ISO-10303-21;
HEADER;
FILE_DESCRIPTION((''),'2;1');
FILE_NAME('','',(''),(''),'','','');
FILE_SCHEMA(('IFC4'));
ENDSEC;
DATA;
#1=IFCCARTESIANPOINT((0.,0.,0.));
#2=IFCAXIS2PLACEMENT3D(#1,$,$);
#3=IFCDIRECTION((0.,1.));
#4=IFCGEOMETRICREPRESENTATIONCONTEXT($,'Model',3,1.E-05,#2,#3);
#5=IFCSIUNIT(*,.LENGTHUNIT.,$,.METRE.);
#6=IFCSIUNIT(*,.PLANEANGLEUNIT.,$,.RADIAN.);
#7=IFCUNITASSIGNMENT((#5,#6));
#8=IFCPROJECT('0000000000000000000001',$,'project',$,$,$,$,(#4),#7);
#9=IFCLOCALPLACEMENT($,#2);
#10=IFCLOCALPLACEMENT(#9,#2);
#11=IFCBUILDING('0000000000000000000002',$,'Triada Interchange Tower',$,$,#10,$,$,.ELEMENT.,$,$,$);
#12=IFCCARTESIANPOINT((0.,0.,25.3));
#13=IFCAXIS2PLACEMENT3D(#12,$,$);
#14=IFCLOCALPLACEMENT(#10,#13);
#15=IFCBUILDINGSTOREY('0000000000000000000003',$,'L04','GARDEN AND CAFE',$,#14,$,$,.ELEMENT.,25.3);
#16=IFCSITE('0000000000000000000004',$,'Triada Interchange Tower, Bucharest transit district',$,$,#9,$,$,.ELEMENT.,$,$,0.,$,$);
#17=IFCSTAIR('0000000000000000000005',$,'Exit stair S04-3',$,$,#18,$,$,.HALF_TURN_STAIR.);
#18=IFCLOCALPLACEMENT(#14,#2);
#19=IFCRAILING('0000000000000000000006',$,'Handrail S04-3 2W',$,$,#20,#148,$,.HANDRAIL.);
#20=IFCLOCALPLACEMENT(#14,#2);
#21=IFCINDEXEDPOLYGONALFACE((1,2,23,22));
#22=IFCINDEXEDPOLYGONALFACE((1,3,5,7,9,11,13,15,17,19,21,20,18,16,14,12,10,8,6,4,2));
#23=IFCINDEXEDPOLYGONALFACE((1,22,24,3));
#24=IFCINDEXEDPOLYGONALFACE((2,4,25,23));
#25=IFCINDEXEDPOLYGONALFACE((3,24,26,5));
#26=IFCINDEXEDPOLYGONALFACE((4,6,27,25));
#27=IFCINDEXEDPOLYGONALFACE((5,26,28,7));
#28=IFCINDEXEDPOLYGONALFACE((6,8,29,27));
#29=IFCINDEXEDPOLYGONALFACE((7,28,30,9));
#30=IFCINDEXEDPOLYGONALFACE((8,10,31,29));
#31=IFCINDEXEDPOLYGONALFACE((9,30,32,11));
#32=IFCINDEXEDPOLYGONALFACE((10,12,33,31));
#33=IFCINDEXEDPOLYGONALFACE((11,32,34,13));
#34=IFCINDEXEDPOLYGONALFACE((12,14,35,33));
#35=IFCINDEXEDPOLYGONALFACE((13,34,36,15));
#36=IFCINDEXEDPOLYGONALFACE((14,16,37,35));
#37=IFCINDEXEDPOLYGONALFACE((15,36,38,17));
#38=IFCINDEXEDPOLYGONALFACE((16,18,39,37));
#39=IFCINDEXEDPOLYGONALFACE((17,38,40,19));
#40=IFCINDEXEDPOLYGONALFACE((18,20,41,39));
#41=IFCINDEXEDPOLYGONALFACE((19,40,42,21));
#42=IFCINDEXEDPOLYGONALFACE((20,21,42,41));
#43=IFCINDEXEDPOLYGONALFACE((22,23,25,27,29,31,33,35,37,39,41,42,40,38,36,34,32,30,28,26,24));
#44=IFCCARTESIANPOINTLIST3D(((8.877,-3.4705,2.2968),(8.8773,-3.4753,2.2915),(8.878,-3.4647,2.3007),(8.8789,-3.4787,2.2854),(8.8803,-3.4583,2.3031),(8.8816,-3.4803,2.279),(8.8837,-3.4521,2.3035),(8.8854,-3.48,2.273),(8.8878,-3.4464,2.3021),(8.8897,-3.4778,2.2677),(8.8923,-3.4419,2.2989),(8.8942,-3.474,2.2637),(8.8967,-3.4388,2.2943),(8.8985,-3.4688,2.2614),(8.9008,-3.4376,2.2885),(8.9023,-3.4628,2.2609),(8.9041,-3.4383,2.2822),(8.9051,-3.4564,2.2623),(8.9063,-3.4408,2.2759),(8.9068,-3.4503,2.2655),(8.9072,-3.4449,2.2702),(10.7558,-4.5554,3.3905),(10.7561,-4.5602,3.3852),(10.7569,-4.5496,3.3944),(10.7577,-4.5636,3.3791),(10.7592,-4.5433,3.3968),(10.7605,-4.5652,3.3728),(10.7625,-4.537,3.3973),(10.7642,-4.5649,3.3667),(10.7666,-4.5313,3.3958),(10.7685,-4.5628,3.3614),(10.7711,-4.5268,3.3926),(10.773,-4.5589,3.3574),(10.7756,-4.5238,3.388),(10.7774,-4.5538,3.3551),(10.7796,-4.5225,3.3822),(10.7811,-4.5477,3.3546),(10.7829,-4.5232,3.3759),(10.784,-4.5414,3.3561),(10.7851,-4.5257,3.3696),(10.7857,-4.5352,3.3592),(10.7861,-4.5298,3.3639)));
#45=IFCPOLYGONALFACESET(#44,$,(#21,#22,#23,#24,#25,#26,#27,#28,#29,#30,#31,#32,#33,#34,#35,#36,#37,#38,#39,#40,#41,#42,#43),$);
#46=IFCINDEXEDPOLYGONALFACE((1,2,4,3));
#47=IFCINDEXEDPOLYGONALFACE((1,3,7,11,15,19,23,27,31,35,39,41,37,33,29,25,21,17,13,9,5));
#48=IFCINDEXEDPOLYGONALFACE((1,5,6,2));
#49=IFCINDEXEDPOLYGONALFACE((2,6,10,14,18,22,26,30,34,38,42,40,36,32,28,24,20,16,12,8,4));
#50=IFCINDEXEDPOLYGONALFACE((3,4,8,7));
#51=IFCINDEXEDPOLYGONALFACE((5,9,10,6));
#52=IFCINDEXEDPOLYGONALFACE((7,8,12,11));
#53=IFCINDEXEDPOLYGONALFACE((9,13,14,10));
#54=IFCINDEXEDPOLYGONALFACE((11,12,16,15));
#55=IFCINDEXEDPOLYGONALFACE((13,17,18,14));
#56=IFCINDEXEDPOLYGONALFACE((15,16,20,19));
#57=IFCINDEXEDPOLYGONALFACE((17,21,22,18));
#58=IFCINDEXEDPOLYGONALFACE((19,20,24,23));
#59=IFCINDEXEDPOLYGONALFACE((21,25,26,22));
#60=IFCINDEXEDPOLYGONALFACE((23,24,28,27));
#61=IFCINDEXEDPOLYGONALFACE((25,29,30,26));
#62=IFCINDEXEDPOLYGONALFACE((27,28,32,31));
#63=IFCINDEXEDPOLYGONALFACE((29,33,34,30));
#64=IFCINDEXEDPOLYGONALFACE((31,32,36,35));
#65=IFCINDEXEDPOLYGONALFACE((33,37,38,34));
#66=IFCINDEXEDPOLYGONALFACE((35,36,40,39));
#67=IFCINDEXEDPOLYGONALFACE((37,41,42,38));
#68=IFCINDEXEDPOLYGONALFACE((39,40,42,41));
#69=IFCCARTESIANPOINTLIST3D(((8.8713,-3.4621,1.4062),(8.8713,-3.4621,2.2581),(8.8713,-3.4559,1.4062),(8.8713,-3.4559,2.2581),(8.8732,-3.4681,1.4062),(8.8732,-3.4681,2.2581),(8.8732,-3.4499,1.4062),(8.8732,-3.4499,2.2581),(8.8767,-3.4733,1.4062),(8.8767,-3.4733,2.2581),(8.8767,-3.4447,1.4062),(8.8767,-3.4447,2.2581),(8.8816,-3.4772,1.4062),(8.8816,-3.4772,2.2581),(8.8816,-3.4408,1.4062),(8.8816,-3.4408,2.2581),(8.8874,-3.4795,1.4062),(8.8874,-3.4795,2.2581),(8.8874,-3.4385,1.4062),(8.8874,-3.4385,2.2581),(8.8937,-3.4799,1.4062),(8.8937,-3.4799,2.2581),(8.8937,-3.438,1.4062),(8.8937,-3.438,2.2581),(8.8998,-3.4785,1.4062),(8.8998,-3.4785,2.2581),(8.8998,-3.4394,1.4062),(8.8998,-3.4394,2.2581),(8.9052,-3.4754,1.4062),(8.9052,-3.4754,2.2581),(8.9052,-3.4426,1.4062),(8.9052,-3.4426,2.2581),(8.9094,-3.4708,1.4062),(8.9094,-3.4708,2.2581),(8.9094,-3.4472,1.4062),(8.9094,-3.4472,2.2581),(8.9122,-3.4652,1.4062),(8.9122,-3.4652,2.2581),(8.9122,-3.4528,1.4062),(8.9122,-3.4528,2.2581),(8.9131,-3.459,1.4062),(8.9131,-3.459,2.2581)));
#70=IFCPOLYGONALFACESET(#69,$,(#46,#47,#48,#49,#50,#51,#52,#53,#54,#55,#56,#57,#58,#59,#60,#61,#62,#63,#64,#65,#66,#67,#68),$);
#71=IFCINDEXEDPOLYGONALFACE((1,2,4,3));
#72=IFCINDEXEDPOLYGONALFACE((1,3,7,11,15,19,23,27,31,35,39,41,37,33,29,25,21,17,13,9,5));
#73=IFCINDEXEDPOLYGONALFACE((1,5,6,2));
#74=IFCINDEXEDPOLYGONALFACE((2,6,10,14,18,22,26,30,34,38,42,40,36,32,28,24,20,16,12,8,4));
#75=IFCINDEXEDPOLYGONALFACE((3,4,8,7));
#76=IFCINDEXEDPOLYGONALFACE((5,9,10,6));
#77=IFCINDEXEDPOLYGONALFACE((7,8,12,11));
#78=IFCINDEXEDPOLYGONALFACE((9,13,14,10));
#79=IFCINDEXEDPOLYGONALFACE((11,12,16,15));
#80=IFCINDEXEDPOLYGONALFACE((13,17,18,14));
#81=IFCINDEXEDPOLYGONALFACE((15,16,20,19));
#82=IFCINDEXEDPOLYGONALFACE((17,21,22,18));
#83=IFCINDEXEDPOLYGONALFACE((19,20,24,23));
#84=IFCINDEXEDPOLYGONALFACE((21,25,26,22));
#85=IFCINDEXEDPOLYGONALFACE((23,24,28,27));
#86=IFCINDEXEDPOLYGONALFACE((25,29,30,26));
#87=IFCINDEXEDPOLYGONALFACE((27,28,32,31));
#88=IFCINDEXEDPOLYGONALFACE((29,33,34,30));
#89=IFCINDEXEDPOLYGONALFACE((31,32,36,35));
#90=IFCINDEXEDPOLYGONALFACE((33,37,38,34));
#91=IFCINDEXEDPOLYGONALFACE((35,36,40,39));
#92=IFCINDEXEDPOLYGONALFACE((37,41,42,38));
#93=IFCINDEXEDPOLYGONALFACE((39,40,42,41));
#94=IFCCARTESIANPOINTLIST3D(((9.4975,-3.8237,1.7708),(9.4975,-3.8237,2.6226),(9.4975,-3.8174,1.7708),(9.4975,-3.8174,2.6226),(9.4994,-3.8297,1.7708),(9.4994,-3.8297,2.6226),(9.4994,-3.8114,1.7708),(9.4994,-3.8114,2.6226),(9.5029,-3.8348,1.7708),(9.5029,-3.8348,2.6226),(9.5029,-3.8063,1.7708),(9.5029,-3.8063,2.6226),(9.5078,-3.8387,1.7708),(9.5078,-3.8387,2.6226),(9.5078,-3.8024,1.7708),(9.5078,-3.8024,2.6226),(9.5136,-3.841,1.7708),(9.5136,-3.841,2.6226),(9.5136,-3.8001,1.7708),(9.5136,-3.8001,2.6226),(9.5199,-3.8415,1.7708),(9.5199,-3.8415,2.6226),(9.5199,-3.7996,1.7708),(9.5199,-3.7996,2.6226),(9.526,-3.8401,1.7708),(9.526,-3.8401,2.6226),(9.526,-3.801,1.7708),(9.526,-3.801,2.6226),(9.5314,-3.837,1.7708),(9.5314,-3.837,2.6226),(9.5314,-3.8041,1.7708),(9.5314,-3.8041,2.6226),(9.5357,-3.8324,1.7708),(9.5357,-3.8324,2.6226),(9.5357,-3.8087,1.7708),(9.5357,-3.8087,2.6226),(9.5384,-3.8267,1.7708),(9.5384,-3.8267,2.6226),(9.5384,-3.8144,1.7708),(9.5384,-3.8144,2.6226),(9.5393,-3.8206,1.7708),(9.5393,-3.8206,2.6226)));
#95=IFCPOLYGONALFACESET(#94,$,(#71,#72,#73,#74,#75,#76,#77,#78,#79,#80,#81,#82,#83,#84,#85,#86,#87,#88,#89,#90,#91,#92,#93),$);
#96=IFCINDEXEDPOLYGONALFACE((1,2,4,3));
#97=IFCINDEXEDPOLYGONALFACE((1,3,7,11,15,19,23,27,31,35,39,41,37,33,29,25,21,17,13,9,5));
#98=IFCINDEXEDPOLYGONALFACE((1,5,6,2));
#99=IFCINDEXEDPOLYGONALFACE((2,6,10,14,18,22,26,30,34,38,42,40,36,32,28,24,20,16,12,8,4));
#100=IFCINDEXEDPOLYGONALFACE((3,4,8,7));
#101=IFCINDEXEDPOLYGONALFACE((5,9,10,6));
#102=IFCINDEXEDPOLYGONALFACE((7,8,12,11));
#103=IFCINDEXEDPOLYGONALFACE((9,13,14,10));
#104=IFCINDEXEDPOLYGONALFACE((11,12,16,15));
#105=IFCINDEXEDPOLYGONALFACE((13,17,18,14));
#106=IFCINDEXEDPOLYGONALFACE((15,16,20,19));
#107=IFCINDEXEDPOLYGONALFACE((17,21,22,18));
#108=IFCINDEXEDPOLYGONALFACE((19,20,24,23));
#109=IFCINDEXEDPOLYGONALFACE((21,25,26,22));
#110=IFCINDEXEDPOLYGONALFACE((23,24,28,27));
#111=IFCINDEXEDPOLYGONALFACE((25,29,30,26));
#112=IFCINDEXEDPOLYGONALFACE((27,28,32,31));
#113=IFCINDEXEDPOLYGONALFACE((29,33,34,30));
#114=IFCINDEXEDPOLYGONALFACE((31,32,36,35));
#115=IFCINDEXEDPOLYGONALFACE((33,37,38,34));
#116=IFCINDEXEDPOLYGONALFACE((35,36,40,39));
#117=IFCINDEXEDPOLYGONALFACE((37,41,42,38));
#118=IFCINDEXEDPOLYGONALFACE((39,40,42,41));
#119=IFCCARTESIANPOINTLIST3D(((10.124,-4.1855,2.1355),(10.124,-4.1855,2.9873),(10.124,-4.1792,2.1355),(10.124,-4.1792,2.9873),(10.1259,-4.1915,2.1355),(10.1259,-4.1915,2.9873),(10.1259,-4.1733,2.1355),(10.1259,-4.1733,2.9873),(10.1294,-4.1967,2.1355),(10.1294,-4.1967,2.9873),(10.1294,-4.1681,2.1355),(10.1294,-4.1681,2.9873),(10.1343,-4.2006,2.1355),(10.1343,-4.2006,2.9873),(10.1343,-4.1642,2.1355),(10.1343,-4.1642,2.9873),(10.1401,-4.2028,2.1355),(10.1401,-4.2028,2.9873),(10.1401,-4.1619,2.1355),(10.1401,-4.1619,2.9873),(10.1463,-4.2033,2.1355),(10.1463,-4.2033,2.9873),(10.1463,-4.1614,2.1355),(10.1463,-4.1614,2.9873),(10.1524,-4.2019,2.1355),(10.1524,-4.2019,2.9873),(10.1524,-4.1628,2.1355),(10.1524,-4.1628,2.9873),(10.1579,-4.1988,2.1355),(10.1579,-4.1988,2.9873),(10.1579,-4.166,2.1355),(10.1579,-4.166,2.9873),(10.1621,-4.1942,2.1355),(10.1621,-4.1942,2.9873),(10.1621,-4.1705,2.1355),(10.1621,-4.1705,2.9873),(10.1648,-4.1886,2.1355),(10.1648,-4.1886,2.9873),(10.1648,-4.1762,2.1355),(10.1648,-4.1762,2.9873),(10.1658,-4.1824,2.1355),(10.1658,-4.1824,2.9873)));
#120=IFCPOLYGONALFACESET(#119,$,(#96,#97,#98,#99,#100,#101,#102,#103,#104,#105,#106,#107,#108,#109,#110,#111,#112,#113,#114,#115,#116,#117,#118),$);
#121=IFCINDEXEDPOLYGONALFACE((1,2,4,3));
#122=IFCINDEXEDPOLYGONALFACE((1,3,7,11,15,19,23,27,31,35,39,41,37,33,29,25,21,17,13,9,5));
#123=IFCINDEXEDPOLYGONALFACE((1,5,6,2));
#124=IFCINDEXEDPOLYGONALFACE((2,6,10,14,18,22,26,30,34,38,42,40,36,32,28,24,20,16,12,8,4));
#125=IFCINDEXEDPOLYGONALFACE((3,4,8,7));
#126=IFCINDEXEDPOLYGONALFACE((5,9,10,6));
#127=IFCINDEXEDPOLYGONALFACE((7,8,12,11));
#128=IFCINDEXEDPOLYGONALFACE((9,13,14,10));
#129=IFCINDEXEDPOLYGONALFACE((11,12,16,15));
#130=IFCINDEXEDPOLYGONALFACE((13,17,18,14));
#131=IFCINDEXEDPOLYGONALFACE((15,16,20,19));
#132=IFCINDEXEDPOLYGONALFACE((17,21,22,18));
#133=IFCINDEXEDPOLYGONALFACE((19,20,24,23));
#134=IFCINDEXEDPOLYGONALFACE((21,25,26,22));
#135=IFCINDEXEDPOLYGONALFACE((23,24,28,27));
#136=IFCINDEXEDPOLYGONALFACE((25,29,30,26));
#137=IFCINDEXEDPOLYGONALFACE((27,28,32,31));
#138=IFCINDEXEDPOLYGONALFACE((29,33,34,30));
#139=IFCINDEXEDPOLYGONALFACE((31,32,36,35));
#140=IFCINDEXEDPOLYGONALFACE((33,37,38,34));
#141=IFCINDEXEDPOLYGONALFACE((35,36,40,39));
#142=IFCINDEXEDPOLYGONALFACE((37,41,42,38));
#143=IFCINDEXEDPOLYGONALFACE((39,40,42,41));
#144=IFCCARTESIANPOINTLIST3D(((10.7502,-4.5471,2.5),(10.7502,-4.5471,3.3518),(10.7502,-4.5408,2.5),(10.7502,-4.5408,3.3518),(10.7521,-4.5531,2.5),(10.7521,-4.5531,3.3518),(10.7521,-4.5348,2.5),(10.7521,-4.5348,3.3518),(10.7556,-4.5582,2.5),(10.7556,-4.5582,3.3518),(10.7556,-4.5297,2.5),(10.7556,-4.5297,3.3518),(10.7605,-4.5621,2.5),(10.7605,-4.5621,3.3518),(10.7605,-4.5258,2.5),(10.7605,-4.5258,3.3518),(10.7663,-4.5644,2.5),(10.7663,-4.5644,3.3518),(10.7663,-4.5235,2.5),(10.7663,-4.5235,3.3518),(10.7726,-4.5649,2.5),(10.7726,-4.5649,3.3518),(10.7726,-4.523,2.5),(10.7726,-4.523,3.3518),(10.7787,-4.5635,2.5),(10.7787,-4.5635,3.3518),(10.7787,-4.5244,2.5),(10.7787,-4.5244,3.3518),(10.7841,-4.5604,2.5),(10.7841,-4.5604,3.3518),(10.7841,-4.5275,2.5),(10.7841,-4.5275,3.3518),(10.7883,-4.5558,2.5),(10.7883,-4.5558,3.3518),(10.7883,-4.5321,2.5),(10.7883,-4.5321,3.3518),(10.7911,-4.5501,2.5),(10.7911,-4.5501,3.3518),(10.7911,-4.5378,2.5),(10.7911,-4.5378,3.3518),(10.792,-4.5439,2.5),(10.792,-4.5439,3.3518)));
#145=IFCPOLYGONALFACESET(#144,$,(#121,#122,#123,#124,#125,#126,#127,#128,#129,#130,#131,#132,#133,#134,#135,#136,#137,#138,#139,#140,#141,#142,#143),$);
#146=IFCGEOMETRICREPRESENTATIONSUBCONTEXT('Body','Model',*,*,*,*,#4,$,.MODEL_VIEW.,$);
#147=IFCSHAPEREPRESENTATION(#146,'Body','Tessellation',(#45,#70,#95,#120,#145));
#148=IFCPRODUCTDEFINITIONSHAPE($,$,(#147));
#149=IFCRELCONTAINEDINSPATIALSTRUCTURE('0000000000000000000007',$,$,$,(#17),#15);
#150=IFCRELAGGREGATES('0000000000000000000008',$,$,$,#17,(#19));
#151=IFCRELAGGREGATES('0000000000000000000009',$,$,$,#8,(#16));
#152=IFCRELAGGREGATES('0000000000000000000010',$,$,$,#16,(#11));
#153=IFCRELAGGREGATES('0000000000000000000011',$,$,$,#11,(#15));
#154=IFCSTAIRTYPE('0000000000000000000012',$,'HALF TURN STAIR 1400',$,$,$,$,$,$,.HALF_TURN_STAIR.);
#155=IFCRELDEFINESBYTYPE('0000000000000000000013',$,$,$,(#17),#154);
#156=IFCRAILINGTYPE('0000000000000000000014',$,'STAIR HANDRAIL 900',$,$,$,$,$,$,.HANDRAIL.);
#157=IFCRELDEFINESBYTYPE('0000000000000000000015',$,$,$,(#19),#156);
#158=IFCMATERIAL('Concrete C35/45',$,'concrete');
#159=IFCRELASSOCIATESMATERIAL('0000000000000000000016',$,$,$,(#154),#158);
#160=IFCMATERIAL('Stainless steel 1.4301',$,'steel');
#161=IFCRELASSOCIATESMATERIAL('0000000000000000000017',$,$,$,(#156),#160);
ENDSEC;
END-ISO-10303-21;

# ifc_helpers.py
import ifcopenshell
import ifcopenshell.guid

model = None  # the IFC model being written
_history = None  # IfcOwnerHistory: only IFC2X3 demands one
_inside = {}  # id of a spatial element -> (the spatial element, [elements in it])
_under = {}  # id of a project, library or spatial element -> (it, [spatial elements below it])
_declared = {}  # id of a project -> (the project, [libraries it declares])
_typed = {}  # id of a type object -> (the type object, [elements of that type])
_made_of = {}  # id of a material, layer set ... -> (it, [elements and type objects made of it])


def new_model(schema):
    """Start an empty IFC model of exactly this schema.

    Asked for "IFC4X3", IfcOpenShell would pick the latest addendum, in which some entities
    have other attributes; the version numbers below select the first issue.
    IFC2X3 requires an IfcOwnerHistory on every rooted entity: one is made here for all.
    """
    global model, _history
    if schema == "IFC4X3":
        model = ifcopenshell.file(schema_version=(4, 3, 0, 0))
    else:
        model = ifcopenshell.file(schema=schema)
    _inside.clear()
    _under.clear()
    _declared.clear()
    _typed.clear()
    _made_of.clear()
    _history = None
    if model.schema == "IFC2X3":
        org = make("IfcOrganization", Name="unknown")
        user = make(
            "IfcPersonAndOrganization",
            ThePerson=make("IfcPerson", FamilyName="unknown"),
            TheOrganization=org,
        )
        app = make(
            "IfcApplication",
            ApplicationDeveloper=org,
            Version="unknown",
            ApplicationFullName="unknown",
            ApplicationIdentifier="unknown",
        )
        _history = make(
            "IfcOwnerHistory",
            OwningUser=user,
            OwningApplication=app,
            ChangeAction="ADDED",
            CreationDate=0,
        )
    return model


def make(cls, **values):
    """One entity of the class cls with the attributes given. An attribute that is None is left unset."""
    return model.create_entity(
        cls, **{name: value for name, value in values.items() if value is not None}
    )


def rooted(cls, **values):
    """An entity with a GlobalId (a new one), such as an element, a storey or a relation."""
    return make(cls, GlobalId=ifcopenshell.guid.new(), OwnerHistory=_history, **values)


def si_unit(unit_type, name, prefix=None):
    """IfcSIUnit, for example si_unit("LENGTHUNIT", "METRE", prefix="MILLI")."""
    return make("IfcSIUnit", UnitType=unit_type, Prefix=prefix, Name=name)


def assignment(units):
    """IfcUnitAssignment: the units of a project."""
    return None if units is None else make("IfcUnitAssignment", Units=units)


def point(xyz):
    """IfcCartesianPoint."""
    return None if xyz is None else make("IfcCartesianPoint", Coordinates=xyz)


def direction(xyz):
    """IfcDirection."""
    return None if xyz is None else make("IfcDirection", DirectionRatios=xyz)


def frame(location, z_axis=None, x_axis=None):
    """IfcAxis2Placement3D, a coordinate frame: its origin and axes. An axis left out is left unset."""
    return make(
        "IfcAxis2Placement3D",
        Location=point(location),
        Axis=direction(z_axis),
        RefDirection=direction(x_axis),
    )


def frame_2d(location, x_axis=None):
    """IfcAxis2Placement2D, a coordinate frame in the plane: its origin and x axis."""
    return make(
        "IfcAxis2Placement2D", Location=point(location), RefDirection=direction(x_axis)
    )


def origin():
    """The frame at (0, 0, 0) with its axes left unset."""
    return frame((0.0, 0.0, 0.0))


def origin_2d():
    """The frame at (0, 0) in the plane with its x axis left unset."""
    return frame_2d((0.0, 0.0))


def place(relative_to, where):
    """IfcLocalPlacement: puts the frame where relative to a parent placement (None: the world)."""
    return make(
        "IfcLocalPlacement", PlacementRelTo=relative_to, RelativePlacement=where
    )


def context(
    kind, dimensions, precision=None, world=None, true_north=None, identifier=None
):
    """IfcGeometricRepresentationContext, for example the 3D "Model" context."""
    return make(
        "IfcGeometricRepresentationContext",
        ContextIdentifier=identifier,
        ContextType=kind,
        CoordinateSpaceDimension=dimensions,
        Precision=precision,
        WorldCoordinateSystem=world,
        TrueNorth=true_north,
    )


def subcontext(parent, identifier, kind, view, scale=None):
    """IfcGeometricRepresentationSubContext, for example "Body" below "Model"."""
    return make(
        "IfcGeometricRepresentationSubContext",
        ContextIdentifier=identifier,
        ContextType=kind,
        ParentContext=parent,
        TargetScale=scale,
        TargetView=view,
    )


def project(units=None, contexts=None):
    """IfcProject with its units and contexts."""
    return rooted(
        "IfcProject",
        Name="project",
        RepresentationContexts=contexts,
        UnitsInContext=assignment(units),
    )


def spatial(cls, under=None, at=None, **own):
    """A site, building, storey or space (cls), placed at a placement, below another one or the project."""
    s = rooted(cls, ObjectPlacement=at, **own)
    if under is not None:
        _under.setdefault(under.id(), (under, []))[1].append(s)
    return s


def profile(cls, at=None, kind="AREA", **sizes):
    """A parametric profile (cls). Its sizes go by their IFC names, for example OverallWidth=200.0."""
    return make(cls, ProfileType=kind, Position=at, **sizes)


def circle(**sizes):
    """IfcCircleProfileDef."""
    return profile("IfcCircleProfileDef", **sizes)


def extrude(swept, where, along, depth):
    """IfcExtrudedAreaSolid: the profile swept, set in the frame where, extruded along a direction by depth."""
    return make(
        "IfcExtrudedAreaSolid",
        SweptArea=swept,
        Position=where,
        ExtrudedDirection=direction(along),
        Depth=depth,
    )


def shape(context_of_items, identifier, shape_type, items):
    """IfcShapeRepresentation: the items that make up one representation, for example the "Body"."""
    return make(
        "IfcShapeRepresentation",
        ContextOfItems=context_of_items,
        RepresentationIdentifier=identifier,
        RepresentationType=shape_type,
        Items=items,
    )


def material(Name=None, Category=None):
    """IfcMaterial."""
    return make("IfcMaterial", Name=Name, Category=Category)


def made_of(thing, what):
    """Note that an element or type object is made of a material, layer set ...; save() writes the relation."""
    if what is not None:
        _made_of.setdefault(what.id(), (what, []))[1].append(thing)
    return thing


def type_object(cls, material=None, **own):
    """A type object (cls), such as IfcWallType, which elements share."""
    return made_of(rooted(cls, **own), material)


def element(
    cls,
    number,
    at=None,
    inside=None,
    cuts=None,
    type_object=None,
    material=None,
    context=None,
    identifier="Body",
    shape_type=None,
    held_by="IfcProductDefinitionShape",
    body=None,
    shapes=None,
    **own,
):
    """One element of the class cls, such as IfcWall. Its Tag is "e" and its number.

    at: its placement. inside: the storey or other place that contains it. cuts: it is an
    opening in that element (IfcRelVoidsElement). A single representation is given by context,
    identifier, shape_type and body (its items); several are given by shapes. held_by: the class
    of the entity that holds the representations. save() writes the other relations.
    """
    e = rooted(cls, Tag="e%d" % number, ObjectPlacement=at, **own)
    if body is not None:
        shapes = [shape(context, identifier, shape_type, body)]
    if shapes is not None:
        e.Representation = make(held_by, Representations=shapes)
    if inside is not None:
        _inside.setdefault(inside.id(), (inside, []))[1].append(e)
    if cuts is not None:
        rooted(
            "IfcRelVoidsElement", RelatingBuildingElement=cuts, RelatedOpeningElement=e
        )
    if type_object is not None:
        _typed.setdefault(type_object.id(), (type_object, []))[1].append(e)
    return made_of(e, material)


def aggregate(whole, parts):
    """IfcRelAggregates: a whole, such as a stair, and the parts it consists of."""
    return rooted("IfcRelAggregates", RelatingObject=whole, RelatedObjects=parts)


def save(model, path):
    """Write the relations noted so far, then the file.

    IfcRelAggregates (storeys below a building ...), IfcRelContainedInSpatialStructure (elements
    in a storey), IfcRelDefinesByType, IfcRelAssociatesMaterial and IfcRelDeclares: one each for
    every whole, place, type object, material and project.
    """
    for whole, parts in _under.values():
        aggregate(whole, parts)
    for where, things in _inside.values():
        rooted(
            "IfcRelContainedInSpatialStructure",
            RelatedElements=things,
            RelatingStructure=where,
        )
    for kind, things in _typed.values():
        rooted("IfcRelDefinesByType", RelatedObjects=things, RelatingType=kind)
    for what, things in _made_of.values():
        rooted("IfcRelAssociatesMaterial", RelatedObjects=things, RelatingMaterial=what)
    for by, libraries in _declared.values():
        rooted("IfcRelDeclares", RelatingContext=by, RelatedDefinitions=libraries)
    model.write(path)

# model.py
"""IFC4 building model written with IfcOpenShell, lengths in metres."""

from ifc_helpers import new_model, si_unit, direction, frame, origin, origin_2d, place, context, subcontext, project, spatial, circle, extrude, material, type_object, element, aggregate, save


model = new_model("IFC4")

# Units and contexts
model_context = context("Model", 3, precision=1e-05, world=origin(), true_north=direction((0.0, 1.0)))
body_context = subcontext(model_context, "Body", "Model", "MODEL_VIEW")
ifc_project = project(units=[si_unit("LENGTHUNIT", "METRE"), si_unit("PLANEANGLEUNIT", "RADIAN")], contexts=[model_context])

# Site, building, storey
site_placement = place(None, origin())
site = spatial("IfcSite", under=ifc_project, at=site_placement, Name="Triada Interchange Tower, Bucharest transit district", CompositionType="ELEMENT", RefElevation=0.0)
building_placement = place(site_placement, origin())
building = spatial("IfcBuilding", under=site, at=building_placement, Name="Triada Interchange Tower", CompositionType="ELEMENT")
storey_placement = place(building_placement, frame((0.0, 0.0, 25.3)))
storey = spatial("IfcBuildingStorey", under=building, at=storey_placement, Name="L04", Description="GARDEN AND CAFE", CompositionType="ELEMENT", Elevation=25.3)

# Shared definitions
ifc_material_1 = material(Name="Concrete C35/45", Category="concrete")
stair_type = type_object("IfcStairType", Name="HALF TURN STAIR 1400", PredefinedType="HALF_TURN_STAIR", material=ifc_material_1)

# Stair, railing
stair_1_placement = place(storey_placement, origin())
stair_1 = element("IfcStair", 1, at=stair_1_placement, inside=storey, type_object=stair_type, Name="Exit stair S04-3", PredefinedType="HALF_TURN_STAIR")
ifc_material_2 = material(Name="Stainless steel 1.4301", Category="steel")
railing_type = type_object("IfcRailingType", Name="STAIR HANDRAIL 900", PredefinedType="HANDRAIL", material=ifc_material_2)
railing_1_placement = place(storey_placement, frame((8.8921, -3.459, 1.4062)))
railing_1 = element("IfcRailing", 2, at=railing_1_placement, type_object=railing_type, Name="Handrail S04-3 2W", PredefinedType="HANDRAIL", context=body_context, shape_type="SweptSolid", body=[
    extrude(circle(Radius=0.0239, at=origin_2d()), frame((0.0, 0.0, 0.876), z_axis=(0.77329, -0.446531, 0.450148), x_axis=(0.50006, 0.865991, 0.0)), (0.0, 0.0, 1.0), 2.4297),
    extrude(circle(Radius=0.021, at=origin_2d()), origin(), (0.0, 0.0, 1.0), 0.8518),
    extrude(circle(Radius=0.021, at=origin_2d()), frame((0.6262, -0.3616, 0.3645)), (0.0, 0.0, 1.0), 0.8518),
    extrude(circle(Radius=0.021, at=origin_2d()), frame((1.2527, -0.7234, 0.7292)), (0.0, 0.0, 1.0), 0.8518),
    extrude(circle(Radius=0.021, at=origin_2d()), frame((1.8789, -1.085, 1.0938)), (0.0, 0.0, 1.0), 0.8518),
])
aggregate(stair_1, [railing_1])

save(model, "model.ifc")
